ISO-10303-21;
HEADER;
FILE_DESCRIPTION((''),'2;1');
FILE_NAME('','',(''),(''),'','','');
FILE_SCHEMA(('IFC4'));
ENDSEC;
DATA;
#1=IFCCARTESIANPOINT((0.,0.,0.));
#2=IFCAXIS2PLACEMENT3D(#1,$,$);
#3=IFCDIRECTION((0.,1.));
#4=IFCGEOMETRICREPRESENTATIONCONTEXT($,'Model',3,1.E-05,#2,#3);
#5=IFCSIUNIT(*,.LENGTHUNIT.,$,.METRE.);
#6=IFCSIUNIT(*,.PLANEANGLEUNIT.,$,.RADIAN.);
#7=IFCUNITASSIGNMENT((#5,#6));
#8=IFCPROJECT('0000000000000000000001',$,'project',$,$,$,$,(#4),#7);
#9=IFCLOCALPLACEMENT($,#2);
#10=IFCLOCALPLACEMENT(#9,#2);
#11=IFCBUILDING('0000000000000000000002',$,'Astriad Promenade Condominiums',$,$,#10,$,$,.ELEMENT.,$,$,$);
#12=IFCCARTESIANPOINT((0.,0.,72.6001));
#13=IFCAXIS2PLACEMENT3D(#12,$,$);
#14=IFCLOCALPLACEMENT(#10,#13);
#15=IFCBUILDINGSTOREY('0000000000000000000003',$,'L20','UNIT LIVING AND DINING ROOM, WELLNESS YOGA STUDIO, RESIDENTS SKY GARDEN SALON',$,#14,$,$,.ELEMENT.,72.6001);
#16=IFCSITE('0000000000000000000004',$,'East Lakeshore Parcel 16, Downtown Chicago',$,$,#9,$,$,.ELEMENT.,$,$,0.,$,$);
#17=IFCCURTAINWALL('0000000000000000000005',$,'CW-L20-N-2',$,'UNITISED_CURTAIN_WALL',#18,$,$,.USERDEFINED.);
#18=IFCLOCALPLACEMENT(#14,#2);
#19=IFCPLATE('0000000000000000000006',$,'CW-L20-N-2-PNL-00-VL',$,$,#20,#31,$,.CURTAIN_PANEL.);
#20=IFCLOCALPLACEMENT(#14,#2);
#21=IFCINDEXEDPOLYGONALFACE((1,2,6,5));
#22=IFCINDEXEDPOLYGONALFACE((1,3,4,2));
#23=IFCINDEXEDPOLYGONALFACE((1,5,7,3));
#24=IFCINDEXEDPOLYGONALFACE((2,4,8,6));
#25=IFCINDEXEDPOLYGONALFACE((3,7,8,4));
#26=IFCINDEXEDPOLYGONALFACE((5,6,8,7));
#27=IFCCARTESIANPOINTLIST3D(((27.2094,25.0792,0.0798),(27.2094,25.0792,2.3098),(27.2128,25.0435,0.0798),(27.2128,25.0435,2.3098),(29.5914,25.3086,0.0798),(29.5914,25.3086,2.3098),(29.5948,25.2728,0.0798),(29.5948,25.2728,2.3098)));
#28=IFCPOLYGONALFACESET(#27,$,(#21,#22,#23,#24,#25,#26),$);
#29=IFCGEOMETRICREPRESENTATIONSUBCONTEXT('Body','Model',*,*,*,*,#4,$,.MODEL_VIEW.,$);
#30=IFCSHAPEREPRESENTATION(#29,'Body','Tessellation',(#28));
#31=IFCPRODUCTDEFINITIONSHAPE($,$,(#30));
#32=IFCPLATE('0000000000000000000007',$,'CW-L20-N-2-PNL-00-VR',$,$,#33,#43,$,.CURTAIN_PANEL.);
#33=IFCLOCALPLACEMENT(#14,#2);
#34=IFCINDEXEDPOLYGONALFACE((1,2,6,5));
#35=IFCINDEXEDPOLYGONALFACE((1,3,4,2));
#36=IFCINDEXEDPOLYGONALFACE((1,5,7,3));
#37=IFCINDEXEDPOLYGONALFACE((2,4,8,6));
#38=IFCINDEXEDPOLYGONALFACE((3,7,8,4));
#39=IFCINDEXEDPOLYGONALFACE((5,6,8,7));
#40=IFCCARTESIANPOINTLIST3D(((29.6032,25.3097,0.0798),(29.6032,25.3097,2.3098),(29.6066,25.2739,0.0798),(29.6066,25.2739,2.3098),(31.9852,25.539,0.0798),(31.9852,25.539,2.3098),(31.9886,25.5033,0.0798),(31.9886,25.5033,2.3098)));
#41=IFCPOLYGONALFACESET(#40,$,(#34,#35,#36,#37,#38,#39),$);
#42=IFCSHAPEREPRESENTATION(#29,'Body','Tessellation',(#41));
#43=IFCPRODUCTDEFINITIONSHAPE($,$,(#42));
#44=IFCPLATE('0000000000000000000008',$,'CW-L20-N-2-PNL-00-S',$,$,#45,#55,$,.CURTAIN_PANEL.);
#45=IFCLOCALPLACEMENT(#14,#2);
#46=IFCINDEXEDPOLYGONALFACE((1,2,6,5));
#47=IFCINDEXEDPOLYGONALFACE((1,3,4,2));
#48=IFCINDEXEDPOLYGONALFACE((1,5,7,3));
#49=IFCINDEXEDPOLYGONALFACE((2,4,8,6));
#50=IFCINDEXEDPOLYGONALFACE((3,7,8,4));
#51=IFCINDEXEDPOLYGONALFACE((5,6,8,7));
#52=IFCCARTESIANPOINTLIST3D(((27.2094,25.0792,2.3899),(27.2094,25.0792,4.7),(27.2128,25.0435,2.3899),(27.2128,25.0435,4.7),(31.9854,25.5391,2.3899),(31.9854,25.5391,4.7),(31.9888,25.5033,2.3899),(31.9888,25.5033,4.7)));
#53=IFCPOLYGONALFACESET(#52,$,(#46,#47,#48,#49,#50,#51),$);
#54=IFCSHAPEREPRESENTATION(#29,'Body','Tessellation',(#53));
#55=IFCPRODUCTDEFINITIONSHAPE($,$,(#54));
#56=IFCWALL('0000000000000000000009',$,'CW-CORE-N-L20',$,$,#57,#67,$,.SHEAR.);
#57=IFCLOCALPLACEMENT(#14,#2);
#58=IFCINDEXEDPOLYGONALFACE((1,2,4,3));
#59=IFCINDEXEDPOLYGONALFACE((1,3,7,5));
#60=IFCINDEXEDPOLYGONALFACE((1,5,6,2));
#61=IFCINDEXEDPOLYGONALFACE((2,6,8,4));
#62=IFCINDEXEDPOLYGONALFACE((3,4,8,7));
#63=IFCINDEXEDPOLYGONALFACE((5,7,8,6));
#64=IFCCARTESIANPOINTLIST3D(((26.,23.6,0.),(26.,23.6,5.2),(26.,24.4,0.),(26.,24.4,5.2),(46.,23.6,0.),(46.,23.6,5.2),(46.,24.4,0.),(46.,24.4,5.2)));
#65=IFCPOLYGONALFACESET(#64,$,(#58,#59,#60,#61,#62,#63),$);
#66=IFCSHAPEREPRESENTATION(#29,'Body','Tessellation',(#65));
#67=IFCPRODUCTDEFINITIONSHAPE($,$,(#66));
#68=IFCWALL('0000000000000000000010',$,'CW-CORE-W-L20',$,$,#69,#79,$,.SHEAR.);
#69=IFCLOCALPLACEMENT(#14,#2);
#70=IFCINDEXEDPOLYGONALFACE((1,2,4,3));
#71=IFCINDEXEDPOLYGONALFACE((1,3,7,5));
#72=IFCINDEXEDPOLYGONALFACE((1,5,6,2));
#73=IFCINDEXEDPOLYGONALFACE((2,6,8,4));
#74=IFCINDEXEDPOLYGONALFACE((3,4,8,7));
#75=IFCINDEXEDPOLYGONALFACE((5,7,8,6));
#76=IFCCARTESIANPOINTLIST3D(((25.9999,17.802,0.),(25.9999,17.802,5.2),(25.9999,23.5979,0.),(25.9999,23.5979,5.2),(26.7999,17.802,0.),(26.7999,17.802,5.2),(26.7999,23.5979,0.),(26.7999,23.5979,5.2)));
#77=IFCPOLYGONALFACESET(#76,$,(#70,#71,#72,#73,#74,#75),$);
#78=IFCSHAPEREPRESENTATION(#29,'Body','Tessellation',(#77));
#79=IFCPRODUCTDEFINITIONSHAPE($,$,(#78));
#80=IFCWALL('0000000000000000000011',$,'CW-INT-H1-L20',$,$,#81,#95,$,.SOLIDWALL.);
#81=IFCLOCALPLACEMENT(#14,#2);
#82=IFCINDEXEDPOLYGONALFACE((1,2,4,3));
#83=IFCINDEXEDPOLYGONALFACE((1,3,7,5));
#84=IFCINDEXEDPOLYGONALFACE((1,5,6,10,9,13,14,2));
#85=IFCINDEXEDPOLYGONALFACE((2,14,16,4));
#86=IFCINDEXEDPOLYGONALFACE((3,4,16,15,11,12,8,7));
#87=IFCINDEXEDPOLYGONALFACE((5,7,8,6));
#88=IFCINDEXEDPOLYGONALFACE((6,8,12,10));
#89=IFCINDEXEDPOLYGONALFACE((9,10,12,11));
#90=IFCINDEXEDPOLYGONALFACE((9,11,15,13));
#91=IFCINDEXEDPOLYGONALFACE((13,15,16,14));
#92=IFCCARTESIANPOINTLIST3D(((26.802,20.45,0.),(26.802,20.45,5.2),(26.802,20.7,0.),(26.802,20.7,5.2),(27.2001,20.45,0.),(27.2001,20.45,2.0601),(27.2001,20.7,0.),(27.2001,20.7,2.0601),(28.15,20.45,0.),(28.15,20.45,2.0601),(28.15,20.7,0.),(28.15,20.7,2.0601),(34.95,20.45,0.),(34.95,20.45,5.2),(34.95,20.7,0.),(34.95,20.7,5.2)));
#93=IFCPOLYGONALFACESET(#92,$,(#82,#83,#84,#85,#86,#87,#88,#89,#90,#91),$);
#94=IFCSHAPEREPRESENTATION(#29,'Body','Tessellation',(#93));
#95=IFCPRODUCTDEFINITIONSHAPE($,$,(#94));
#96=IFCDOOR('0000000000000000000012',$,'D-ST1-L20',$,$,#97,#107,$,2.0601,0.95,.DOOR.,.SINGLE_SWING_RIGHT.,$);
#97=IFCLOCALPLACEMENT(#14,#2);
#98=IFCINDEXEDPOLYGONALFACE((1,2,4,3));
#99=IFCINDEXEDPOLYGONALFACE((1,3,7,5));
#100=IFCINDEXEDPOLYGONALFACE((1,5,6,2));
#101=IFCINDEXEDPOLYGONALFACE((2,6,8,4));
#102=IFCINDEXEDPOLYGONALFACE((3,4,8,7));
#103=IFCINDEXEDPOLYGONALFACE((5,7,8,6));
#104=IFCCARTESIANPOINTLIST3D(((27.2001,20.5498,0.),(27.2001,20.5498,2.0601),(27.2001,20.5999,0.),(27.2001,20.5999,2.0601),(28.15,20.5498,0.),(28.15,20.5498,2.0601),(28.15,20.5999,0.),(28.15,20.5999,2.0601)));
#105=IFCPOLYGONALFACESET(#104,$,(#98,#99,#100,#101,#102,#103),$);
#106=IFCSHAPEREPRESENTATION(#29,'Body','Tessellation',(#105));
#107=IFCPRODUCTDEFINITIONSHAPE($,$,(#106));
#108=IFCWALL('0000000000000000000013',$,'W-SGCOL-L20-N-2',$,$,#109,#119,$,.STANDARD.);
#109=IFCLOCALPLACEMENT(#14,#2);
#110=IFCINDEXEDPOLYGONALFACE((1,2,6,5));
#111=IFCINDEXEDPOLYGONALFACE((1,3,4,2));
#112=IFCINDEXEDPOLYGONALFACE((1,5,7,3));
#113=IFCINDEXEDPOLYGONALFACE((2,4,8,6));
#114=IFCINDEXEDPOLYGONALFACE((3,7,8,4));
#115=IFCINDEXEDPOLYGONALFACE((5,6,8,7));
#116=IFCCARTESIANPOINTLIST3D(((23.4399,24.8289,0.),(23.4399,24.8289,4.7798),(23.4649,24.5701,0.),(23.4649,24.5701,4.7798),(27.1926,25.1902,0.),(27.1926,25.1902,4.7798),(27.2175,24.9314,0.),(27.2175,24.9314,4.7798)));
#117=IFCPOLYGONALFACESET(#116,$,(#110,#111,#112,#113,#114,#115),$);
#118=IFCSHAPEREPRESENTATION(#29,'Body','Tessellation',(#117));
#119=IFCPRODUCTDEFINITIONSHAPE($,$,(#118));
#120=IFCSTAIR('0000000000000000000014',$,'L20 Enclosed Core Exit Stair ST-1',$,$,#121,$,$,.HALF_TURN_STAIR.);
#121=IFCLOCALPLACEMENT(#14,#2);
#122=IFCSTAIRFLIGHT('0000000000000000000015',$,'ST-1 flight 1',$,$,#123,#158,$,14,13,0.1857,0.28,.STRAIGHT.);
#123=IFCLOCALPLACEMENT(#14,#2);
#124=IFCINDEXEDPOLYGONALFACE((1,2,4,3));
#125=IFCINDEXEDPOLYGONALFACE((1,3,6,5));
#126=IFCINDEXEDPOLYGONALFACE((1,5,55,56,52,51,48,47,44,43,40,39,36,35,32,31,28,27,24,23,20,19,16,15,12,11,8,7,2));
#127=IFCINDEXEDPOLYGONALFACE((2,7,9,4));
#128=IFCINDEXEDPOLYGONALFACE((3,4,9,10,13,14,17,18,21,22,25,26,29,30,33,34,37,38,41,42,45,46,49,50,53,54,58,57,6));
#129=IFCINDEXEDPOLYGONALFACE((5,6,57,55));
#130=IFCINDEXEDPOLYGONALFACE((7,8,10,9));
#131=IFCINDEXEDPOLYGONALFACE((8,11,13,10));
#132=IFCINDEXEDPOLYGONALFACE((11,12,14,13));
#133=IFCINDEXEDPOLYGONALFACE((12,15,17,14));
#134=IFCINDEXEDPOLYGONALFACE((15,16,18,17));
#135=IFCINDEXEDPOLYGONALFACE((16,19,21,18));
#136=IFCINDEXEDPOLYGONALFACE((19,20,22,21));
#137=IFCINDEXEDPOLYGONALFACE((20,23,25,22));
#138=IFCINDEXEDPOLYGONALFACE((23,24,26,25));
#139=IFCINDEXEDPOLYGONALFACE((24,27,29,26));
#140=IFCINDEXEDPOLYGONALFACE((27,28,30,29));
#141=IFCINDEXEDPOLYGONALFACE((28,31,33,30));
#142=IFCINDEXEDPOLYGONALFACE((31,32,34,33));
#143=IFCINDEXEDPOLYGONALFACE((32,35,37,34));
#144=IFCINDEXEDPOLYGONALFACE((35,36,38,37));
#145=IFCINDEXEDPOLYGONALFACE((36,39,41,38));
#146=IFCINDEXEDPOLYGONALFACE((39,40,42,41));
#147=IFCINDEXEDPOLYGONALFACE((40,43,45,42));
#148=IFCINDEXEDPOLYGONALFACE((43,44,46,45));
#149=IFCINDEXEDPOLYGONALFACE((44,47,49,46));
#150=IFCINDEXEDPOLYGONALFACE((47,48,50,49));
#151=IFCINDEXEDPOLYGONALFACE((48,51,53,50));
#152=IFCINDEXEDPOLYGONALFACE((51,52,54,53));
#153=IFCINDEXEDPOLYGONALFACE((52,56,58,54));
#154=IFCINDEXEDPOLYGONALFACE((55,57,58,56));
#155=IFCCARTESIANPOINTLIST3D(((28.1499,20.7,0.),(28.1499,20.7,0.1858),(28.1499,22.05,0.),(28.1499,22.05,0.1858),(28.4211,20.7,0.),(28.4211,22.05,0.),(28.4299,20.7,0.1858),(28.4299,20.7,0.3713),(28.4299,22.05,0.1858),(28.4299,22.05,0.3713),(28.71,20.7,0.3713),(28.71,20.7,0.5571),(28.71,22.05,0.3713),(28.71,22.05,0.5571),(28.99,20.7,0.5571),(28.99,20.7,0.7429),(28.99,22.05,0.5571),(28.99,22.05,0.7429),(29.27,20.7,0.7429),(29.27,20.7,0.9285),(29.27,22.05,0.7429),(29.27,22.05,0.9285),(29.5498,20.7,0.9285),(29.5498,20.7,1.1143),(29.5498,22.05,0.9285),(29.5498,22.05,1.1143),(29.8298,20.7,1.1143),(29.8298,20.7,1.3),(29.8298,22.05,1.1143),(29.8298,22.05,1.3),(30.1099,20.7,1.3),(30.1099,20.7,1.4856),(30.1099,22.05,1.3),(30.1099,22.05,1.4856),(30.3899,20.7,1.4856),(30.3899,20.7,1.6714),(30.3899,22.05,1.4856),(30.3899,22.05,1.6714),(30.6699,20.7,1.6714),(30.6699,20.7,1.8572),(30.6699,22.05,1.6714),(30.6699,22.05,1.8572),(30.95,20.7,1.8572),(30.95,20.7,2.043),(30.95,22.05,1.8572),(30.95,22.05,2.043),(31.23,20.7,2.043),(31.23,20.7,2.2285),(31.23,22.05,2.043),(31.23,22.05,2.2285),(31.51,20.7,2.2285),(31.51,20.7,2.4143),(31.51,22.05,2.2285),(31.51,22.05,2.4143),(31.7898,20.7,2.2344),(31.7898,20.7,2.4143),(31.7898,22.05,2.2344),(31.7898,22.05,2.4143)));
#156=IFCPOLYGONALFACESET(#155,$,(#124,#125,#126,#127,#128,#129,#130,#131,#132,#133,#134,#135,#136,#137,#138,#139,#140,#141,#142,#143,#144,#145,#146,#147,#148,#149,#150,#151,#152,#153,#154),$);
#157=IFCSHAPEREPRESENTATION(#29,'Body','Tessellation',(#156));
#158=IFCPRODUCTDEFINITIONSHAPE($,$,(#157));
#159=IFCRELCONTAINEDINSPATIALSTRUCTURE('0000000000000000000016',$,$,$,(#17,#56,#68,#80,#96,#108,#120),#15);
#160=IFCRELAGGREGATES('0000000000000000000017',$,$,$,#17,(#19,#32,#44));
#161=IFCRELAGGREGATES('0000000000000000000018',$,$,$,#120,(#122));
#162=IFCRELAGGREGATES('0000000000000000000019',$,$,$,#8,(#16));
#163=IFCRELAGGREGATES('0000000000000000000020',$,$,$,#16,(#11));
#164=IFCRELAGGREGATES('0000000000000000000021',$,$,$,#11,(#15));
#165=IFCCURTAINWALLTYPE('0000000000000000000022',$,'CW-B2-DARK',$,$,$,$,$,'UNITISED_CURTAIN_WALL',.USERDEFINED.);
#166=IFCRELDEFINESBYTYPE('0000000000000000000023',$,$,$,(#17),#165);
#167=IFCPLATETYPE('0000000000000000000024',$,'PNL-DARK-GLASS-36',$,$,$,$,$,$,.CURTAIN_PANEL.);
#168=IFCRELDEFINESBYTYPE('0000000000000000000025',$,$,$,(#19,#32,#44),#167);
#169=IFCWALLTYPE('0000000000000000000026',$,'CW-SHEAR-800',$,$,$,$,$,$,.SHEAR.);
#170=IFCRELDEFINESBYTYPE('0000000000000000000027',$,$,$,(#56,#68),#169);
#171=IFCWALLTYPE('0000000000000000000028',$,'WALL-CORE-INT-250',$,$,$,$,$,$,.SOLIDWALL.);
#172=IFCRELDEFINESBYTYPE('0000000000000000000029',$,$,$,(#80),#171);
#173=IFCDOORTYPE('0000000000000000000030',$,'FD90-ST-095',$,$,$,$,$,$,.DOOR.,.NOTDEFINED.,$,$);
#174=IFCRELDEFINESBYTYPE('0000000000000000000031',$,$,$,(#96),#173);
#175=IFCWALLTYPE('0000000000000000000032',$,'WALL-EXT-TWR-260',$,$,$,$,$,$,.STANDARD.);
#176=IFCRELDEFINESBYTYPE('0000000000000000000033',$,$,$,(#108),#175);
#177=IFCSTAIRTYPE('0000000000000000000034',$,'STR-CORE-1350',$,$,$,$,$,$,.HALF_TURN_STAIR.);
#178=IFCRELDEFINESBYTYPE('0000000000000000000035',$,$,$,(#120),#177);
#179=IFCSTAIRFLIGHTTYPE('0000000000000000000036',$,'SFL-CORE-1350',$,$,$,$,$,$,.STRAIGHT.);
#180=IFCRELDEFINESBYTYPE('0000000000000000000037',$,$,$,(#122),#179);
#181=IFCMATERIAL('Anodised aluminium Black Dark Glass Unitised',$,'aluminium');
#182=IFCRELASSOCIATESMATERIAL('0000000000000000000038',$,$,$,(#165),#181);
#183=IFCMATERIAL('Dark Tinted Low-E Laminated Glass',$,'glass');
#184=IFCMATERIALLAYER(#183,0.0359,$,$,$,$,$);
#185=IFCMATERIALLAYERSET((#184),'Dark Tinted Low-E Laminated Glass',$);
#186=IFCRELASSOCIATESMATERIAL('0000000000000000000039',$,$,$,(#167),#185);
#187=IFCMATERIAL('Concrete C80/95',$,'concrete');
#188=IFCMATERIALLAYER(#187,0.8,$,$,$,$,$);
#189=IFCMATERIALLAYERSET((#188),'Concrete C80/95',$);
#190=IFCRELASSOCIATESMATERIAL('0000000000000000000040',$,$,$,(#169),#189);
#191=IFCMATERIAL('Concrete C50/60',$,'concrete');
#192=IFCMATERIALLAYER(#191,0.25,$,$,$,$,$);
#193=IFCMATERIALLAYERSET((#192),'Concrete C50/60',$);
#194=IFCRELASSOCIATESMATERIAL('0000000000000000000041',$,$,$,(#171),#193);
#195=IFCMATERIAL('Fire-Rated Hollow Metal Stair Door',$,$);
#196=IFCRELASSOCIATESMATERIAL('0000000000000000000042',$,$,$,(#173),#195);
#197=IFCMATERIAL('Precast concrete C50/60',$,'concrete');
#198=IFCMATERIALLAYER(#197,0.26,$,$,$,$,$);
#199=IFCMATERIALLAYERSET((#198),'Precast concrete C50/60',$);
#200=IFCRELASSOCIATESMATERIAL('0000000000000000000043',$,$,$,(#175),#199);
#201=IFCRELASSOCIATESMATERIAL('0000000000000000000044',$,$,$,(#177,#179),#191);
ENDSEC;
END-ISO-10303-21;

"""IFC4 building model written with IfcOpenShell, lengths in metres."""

from ifc_helpers import new_model, si_unit, direction, frame, frame_2d, origin, origin_2d, place, context, subcontext, project, spatial, polyline, rectangle, outline, extrude, source, transform, mapped, material, layer, layer_set, type_object, type_shapes, element, fill, aggregate, save


model = new_model("IFC4")

# Units and contexts
model_context = context("Model", 3, precision=1e-05, world=origin(), true_north=direction((0.0, 1.0)))
body_context = subcontext(model_context, "Body", "Model", "MODEL_VIEW")
ifc_project = project(units=[si_unit("LENGTHUNIT", "METRE"), si_unit("PLANEANGLEUNIT", "RADIAN")], contexts=[model_context])

# Site, building, storey
site_placement = place(None, origin())
site = spatial("IfcSite", under=ifc_project, at=site_placement, Name="East Lakeshore Parcel 16, Downtown Chicago", CompositionType="ELEMENT", RefElevation=0.0)
building_placement = place(site_placement, origin())
building = spatial("IfcBuilding", under=site, at=building_placement, Name="Astriad Promenade Condominiums", CompositionType="ELEMENT")
storey_placement = place(building_placement, frame((0.0, 0.0, 72.6001)))
storey = spatial("IfcBuildingStorey", under=building, at=storey_placement, Name="L20", Description="UNIT LIVING AND DINING ROOM, WELLNESS YOGA STUDIO, RESIDENTS SKY GARDEN SALON", CompositionType="ELEMENT", Elevation=72.6001)

# Shared definitions
ifc_material_1 = material(Name="Anodised aluminium Black Dark Glass Unitised", Category="aluminium")
curtain_wall_type = type_object("IfcCurtainWallType", Name="CW-B2-DARK", ElementType="UNITISED_CURTAIN_WALL", PredefinedType="USERDEFINED", material=ifc_material_1)

# Curtain wall
curtain_wall_1_placement = place(storey_placement, origin())
curtain_wall_1 = element("IfcCurtainWall", 1, at=curtain_wall_1_placement, inside=storey, type_object=curtain_wall_type, Name="CW-L20-N-2", ObjectType="UNITISED_CURTAIN_WALL", PredefinedType="USERDEFINED")

# Plates
ifc_material_2 = material(Name="Dark Tinted Low-E Laminated Glass", Category="glass")
ifc_layer_1 = layer(ifc_material_2, 0.0359)
ifc_layer_set_1 = layer_set([ifc_layer_1], Name="Dark Tinted Low-E Laminated Glass")
plate_type_1 = type_object("IfcPlateType", Name="PNL-DARK-GLASS-36", PredefinedType="CURTAIN_PANEL", material=ifc_layer_set_1)
shared_shape_1 = source(origin(), body_context, "Body", "SweptSolid", [
    extrude(rectangle(XDim=2.3931, YDim=0.0359, at=origin_2d()), origin(), (0.0, 0.0, 1.0), 2.23),
])
plate_1_placement = place(storey_placement, frame((28.4021, 25.176, 0.0798), z_axis=(0.0, 0.0, 1.0), x_axis=(0.995396, 0.095846, 0.0)))
plate_1 = element("IfcPlate", 2, at=plate_1_placement, type_object=plate_type_1, Name="CW-L20-N-2-PNL-00-VL", PredefinedType="CURTAIN_PANEL", context=body_context, shape_type="MappedRepresentation", body=[
    mapped(shared_shape_1, transform((0.0, 0.0, 0.0), scale=1.0)),
])
plate_2_placement = place(storey_placement, frame((30.7959, 25.4065, 0.0798), z_axis=(0.0, 0.0, 1.0), x_axis=(0.995396, 0.095846, 0.0)))
plate_2 = element("IfcPlate", 3, at=plate_2_placement, type_object=plate_type_1, Name="CW-L20-N-2-PNL-00-VR", PredefinedType="CURTAIN_PANEL", context=body_context, shape_type="MappedRepresentation", body=[
    mapped(shared_shape_1, transform((0.0, 0.0, 0.0), scale=1.0)),
])
shared_shape_2 = source(origin(), body_context, "Body", "SweptSolid", [
    extrude(rectangle(XDim=4.7981, YDim=0.0359, at=origin_2d()), origin(), (0.0, 0.0, 1.0), 2.3101),
])
type_shapes(plate_type_1, [shared_shape_1, shared_shape_2])
plate_3_placement = place(storey_placement, frame((29.5991, 25.2913, 2.3899), z_axis=(0.0, 0.0, 1.0), x_axis=(0.995396, 0.095846, 0.0)))
plate_3 = element("IfcPlate", 4, at=plate_3_placement, type_object=plate_type_1, Name="CW-L20-N-2-PNL-00-S", PredefinedType="CURTAIN_PANEL", context=body_context, shape_type="MappedRepresentation", body=[
    mapped(shared_shape_2, transform((0.0, 0.0, 0.0), scale=1.0)),
])
aggregate(curtain_wall_1, [plate_1, plate_2, plate_3])

# Walls
ifc_material_3 = material(Name="Concrete C80/95", Category="concrete")
ifc_layer_2 = layer(ifc_material_3, 0.8)
ifc_layer_set_2 = layer_set([ifc_layer_2], Name="Concrete C80/95")
wall_type_1 = type_object("IfcWallType", Name="CW-SHEAR-800", PredefinedType="SHEAR", material=ifc_layer_set_2)
wall_1_placement = place(storey_placement, frame((26.0, 24.0, 0.0), z_axis=(0.0, 0.0, 1.0), x_axis=(1.0, 0.0, 0.0)))
element("IfcWall", 5, at=wall_1_placement, inside=storey, type_object=wall_type_1, Name="CW-CORE-N-L20", PredefinedType="SHEAR", context=body_context, shape_type="SweptSolid", body=[
    extrude(rectangle(XDim=20.0, YDim=0.8, at=frame_2d((10.0, 0.0))), origin(), (0.0, 0.0, 1.0), 5.2),
])
wall_2_placement = place(storey_placement, frame((26.3999, 17.802, 0.0), z_axis=(0.0, 0.0, 1.0), x_axis=(0.0, 1.0, 0.0)))
element("IfcWall", 6, at=wall_2_placement, inside=storey, type_object=wall_type_1, Name="CW-CORE-W-L20", PredefinedType="SHEAR", context=body_context, shape_type="SweptSolid", body=[
    extrude(rectangle(XDim=5.7959, YDim=0.8, at=frame_2d((2.8979, 0.0))), origin(), (0.0, 0.0, 1.0), 5.2),
])

# Wall, opening, door
ifc_material_4 = material(Name="Concrete C50/60", Category="concrete")
ifc_layer_3 = layer(ifc_material_4, 0.25)
ifc_layer_set_3 = layer_set([ifc_layer_3], Name="Concrete C50/60")
wall_type_2 = type_object("IfcWallType", Name="WALL-CORE-INT-250", PredefinedType="SOLIDWALL", material=ifc_layer_set_3)
wall_3_placement = place(storey_placement, frame((26.802, 20.575, 0.0), z_axis=(0.0, 0.0, 1.0), x_axis=(1.0, 0.0, 0.0)))
wall_3 = element("IfcWall", 7, at=wall_3_placement, inside=storey, type_object=wall_type_2, Name="CW-INT-H1-L20", PredefinedType="SOLIDWALL", context=body_context, shape_type="SweptSolid", body=[
    extrude(rectangle(XDim=8.1479, YDim=0.25, at=frame_2d((4.074, 0.0))), origin(), (0.0, 0.0, 1.0), 5.2),
])
opening_placement = place(wall_3_placement, frame((0.3979, 0.0, 0.0)))
opening = element("IfcOpeningElement", 8, at=opening_placement, cuts=wall_3, PredefinedType="OPENING", context=body_context, shape_type="SweptSolid", body=[
    extrude(rectangle(XDim=0.95, YDim=2.0601, at=frame_2d((0.4751, 1.03))), frame((0.0, 0.135, 0.0), z_axis=(0.0, -1.0, 0.0), x_axis=(1.0, 0.0, 0.0)), (0.0, 0.0, 1.0), 0.27),
])
ifc_material_5 = material(Name="Fire-Rated Hollow Metal Stair Door")
door_type = type_object("IfcDoorType", Name="FD90-ST-095", OperationType="NOTDEFINED", PredefinedType="DOOR", material=ifc_material_5)
shared_shape_3 = source(origin(), body_context, "Body", "SweptSolid", [
    extrude(rectangle(XDim=0.95, YDim=2.0601, at=frame_2d((0.4751, 1.03))), frame((0.0, 0.0249, 0.0), z_axis=(0.0, -1.0, 0.0), x_axis=(1.0, 0.0, 0.0)), (0.0, 0.0, 1.0), 0.05),
])
type_shapes(door_type, [shared_shape_3])
door_placement = place(opening_placement, origin())
door = element("IfcDoor", 9, at=door_placement, inside=storey, type_object=door_type, Name="D-ST1-L20", OperationType="SINGLE_SWING_RIGHT", OverallHeight=2.0601, OverallWidth=0.95, PredefinedType="DOOR", context=body_context, shape_type="MappedRepresentation", body=[
    mapped(shared_shape_3, transform((0.0, 0.0, 0.0), scale=1.0)),
])
fill(opening, door)

# Wall
ifc_material_6 = material(Name="Precast concrete C50/60", Category="concrete")
ifc_layer_4 = layer(ifc_material_6, 0.26)
ifc_layer_set_4 = layer_set([ifc_layer_4], Name="Precast concrete C50/60")
wall_type_3 = type_object("IfcWallType", Name="WALL-EXT-TWR-260", PredefinedType="STANDARD", material=ifc_layer_set_4)
wall_4_placement = place(storey_placement, frame((23.4524, 24.6995, 0.0), z_axis=(0.0, 0.0, 1.0), x_axis=(0.995397, 0.095842, 0.0)))
element("IfcWall", 10, at=wall_4_placement, inside=storey, type_object=wall_type_3, Name="W-SGCOL-L20-N-2", PredefinedType="STANDARD", context=body_context, shape_type="SweptSolid", body=[
    extrude(rectangle(XDim=3.77, YDim=0.26, at=frame_2d((1.885, 0.0))), origin(), (0.0, 0.0, 1.0), 4.7798),
])

# Stair, stair flight
stair_type = type_object("IfcStairType", Name="STR-CORE-1350", PredefinedType="HALF_TURN_STAIR", material=ifc_material_4)
stair_placement = place(storey_placement, origin())
stair = element("IfcStair", 11, at=stair_placement, inside=storey, type_object=stair_type, Name="L20 Enclosed Core Exit Stair ST-1", PredefinedType="HALF_TURN_STAIR")
stair_flight_type = type_object("IfcStairFlightType", Name="SFL-CORE-1350", PredefinedType="STRAIGHT", material=ifc_material_4)
shared_shape_4 = source(origin(), body_context, "Body", "SweptSolid", [
    extrude(outline(polyline([(0.0, 0.0), (0.0, 0.1858), (0.28, 0.1858), (0.28, 0.3713), (0.5601, 0.3713), (0.5601, 0.5571), (0.8401, 0.5571), (0.8401, 0.7429), (1.1201, 0.7429), (1.1201, 0.9285), (1.3999, 0.9285), (1.3999, 1.1143), (1.6799, 1.1143), (1.6799, 1.3), (1.96, 1.3), (1.96, 1.4856), (2.24, 1.4856), (2.24, 1.6714), (2.52, 1.6714), (2.52, 1.8572), (2.8, 1.8572), (2.8, 2.043), (3.0801, 2.043), (3.0801, 2.2285), (3.3601, 2.2285), (3.3601, 2.4143), (3.6399, 2.4143), (3.6399, 2.6001), (3.6399, 2.2344), (0.2712, 0.0), (0.0, 0.0)])), frame((0.0, 0.675, 0.0), z_axis=(0.0, -1.0, 0.0), x_axis=(1.0, 0.0, 0.0)), (0.0, 0.0, 1.0), 1.3501),
])
type_shapes(stair_flight_type, [shared_shape_4])
stair_flight_placement = place(storey_placement, frame((28.1499, 21.375, 0.0), z_axis=(0.0, 0.0, 1.0), x_axis=(1.0, 0.0, 0.0)))
stair_flight = element("IfcStairFlight", 12, at=stair_flight_placement, type_object=stair_flight_type, Name="ST-1 flight 1", NumberOfRisers=14, NumberOfTreads=13, PredefinedType="STRAIGHT", RiserHeight=0.1857, TreadLength=0.28, context=body_context, shape_type="MappedRepresentation", body=[
    mapped(shared_shape_4, transform((0.0, 0.0, 0.0), scale=1.0)),
])
aggregate(stair, [stair_flight])

save(model, "model.ifc")
